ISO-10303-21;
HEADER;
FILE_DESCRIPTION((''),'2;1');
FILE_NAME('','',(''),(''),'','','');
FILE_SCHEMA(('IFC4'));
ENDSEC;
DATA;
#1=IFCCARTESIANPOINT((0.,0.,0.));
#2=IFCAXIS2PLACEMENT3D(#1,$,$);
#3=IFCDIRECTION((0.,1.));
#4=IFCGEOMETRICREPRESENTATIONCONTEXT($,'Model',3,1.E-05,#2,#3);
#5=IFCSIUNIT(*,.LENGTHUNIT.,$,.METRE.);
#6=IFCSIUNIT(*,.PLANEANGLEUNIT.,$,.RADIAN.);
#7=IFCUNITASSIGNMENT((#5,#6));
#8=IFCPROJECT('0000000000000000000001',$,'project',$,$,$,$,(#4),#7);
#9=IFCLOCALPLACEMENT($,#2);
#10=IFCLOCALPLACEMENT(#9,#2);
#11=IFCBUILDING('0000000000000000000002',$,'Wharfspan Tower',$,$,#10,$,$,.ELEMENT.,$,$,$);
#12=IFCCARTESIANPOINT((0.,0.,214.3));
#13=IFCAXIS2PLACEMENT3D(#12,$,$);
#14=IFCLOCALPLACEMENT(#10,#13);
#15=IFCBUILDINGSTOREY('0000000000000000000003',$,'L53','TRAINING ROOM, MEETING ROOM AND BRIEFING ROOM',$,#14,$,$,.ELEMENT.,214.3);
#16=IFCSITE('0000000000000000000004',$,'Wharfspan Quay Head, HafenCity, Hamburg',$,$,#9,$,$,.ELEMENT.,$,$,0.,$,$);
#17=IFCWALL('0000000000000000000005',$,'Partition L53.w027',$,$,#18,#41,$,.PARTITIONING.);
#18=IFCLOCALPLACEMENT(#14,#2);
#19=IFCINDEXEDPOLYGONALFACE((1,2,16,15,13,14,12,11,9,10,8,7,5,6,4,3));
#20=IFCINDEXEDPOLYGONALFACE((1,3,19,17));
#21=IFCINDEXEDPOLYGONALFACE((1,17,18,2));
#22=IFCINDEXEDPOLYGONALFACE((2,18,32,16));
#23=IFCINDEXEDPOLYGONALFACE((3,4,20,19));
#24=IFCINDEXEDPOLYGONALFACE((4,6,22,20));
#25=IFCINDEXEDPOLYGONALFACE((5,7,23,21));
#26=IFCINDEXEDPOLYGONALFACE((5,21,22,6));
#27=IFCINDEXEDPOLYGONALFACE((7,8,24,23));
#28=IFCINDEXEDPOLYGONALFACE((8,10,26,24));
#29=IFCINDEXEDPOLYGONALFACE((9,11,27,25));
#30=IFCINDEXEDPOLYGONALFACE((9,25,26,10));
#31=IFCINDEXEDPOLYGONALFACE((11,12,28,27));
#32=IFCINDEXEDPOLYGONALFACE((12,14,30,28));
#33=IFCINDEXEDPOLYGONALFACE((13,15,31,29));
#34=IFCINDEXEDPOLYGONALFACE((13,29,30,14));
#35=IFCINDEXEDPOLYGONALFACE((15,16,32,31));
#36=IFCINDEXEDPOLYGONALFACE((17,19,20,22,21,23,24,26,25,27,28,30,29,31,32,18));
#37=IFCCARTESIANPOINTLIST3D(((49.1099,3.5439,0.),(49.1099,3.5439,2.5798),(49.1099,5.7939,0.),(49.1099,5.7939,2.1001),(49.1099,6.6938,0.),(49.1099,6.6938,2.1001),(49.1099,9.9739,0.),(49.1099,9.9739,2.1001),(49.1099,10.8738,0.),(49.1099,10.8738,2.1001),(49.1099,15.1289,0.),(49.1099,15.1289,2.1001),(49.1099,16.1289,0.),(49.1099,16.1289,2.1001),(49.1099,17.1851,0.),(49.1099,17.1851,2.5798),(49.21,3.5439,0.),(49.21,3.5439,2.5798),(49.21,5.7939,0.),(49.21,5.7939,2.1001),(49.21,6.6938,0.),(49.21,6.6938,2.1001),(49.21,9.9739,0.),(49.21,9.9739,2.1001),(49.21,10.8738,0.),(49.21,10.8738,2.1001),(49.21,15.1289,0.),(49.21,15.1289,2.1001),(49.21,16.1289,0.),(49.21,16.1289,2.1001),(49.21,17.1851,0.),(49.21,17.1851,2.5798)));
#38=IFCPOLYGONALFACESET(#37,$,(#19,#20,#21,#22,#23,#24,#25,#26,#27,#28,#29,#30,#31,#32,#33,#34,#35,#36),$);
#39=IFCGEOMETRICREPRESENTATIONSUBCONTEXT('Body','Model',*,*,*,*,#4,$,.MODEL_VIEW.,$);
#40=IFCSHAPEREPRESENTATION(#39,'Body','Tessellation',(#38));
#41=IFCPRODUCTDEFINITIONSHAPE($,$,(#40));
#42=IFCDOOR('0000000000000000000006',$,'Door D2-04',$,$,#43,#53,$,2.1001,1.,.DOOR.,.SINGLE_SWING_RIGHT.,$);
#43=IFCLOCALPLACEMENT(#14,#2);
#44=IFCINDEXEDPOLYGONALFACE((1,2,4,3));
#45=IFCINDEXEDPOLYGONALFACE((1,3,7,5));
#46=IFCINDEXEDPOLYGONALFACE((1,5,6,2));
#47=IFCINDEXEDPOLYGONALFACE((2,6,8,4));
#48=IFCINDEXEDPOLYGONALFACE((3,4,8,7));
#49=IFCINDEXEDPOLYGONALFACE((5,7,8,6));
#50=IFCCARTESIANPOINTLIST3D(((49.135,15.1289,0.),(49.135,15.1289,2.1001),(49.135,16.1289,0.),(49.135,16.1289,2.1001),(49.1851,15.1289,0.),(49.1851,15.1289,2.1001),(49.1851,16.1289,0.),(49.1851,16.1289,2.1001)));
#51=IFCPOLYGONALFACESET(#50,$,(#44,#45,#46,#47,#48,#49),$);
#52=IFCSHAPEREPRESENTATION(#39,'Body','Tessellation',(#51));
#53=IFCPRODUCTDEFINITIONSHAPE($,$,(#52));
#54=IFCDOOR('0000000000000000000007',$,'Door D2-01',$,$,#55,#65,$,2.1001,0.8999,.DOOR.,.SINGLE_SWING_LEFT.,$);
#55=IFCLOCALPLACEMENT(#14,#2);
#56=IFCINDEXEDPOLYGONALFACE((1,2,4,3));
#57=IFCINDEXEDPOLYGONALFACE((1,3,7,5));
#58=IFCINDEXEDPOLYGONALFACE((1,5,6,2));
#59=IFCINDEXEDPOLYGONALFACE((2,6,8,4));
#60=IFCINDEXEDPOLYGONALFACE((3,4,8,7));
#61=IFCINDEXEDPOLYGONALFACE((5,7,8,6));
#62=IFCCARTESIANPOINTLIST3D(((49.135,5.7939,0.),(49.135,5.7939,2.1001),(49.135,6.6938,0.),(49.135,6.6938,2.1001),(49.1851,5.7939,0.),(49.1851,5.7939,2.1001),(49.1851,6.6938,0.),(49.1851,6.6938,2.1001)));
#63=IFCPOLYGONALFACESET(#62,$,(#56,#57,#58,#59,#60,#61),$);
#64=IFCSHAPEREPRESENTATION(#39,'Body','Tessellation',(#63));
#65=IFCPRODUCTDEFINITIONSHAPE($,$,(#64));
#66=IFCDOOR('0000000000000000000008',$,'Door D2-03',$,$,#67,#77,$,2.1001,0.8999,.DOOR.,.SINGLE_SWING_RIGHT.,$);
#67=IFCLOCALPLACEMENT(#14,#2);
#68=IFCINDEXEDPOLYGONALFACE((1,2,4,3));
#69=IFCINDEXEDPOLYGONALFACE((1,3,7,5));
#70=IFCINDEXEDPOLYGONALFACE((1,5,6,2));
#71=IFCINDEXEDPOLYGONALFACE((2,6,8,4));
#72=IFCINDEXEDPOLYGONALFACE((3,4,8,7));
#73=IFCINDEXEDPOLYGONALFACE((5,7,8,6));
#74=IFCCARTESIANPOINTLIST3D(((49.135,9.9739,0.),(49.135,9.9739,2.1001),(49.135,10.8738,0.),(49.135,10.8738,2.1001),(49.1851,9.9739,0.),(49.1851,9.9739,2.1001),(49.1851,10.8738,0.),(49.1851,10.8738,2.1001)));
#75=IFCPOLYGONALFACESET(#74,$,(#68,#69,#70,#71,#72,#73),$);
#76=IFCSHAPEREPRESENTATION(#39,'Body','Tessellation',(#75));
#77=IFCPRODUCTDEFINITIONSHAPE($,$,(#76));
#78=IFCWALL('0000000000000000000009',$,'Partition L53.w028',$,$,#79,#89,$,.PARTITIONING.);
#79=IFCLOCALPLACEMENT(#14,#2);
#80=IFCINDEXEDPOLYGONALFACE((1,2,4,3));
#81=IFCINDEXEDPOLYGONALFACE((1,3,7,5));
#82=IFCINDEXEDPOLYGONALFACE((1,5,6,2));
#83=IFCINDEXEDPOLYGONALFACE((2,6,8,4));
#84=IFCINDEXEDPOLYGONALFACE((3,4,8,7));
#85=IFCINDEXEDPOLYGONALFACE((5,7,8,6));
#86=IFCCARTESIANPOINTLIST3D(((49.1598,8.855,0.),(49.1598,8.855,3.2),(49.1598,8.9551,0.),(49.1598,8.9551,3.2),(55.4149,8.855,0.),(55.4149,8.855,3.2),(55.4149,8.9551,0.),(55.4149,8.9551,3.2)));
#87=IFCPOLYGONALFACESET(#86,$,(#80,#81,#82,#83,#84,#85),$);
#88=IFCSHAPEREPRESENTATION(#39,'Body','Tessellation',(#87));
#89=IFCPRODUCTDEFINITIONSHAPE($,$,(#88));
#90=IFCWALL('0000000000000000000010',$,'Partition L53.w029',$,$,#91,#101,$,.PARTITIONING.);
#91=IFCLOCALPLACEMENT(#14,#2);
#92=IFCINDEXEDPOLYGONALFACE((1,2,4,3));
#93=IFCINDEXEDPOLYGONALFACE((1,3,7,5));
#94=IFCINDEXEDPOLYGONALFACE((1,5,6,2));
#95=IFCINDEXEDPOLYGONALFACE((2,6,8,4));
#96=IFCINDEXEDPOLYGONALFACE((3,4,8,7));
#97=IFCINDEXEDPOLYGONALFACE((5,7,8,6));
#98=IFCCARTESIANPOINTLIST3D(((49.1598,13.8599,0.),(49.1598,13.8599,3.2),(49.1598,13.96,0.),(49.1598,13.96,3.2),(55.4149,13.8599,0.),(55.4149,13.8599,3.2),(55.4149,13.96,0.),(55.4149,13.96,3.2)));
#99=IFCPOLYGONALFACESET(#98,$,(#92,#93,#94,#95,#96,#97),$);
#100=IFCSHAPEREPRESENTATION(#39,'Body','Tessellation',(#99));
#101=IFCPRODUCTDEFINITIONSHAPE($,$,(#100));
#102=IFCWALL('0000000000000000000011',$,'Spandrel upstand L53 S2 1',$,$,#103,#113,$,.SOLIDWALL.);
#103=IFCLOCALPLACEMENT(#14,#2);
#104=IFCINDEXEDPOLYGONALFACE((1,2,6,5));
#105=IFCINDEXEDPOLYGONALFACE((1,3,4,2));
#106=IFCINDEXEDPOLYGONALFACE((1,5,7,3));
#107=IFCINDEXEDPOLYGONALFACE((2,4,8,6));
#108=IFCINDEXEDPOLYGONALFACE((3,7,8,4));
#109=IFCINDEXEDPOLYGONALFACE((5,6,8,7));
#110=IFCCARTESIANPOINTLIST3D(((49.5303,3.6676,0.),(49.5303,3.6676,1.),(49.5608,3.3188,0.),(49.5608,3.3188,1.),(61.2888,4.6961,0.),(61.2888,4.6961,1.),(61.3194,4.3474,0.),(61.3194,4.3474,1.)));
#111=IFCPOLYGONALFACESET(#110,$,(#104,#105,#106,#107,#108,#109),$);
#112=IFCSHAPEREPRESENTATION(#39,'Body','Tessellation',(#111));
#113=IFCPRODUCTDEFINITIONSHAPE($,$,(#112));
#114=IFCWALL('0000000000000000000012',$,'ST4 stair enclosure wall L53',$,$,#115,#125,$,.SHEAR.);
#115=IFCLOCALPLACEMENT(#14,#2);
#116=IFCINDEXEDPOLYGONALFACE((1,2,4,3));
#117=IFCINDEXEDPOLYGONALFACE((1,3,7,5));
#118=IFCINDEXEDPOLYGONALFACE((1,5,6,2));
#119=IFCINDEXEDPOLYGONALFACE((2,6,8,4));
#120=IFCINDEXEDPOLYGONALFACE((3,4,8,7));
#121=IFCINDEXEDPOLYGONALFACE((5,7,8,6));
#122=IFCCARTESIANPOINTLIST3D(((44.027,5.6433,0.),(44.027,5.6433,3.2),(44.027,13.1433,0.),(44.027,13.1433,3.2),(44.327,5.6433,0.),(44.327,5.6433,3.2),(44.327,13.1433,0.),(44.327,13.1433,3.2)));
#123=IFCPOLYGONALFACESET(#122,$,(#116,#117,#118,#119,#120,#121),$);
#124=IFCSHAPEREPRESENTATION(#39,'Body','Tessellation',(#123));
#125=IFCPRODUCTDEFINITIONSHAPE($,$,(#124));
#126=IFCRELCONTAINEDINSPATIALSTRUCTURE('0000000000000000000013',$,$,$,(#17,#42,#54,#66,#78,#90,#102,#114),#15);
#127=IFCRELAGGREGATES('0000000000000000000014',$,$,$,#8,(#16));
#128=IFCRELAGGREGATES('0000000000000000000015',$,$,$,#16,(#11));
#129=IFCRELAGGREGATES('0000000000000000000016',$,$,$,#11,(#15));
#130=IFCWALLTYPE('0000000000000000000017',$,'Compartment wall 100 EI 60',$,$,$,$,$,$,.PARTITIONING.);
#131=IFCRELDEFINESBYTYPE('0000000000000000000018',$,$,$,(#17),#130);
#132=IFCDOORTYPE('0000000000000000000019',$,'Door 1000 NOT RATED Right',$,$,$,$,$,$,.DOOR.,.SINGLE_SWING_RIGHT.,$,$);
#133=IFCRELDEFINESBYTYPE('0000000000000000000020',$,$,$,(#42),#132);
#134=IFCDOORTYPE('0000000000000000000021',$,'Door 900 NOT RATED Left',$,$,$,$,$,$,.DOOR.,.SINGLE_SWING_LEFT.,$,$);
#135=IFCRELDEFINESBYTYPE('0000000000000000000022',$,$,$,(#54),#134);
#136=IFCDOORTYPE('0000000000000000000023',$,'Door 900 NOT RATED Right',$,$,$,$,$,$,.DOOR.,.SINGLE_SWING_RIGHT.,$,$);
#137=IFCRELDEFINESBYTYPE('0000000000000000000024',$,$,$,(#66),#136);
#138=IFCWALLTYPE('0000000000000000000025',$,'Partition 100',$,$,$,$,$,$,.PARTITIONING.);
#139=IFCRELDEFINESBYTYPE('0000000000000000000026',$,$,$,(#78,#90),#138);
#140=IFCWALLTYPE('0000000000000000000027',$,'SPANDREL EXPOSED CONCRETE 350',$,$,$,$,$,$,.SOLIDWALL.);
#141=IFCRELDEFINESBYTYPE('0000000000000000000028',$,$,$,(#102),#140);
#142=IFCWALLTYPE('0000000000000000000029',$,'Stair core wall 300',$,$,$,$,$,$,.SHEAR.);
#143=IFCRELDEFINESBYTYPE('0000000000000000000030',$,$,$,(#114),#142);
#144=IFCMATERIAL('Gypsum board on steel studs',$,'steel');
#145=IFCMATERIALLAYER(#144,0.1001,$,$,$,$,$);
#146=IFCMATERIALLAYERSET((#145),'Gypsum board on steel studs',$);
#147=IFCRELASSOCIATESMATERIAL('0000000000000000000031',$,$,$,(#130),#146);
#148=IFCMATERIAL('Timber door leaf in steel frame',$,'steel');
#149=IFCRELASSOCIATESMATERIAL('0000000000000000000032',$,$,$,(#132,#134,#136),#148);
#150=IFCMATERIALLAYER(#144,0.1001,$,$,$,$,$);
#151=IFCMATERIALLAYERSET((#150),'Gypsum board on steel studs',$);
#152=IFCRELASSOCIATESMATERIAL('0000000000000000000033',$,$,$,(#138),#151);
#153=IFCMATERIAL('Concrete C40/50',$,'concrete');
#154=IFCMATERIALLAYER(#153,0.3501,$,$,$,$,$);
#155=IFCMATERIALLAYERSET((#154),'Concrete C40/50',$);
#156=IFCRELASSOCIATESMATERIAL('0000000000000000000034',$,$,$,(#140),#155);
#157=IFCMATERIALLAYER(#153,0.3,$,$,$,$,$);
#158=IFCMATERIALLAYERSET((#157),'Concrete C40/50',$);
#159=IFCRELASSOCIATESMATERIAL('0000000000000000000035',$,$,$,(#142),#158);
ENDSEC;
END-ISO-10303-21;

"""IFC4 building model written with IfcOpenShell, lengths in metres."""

from ifc_helpers import new_model, si_unit, direction, frame, frame_2d, origin, place, context, subcontext, project, spatial, rectangle, extrude, material, layer, layer_set, type_object, element, fill, save


model = new_model("IFC4")

# Units and contexts
model_context = context("Model", 3, precision=1e-05, world=origin(), true_north=direction((0.0, 1.0)))
body_context = subcontext(model_context, "Body", "Model", "MODEL_VIEW")
ifc_project = project(units=[si_unit("LENGTHUNIT", "METRE"), si_unit("PLANEANGLEUNIT", "RADIAN")], contexts=[model_context])

# Site, building, storey
site_placement = place(None, origin())
site = spatial("IfcSite", under=ifc_project, at=site_placement, Name="Wharfspan Quay Head, HafenCity, Hamburg", CompositionType="ELEMENT", RefElevation=0.0)
building_placement = place(site_placement, origin())
building = spatial("IfcBuilding", under=site, at=building_placement, Name="Wharfspan Tower", CompositionType="ELEMENT")
storey_placement = place(building_placement, frame((0.0, 0.0, 214.3)))
storey = spatial("IfcBuildingStorey", under=building, at=storey_placement, Name="L53", Description="TRAINING ROOM, MEETING ROOM AND BRIEFING ROOM", CompositionType="ELEMENT", Elevation=214.3)

# Shared definitions
ifc_material_1 = material(Name="Gypsum board on steel studs", Category="steel")
ifc_layer_1 = layer(ifc_material_1, 0.1001)
ifc_layer_set_1 = layer_set([ifc_layer_1], Name="Gypsum board on steel studs")
wall_type_1 = type_object("IfcWallType", Name="Compartment wall 100 EI 60", PredefinedType="PARTITIONING", material=ifc_layer_set_1)

# Wall, openings, doors
wall_1_placement = place(storey_placement, frame((49.1599, 3.5439, 0.0), z_axis=(0.0, 0.0, 1.0), x_axis=(0.0, 1.0, 0.0)))
wall_1 = element("IfcWall", 1, at=wall_1_placement, inside=storey, type_object=wall_type_1, Name="Partition L53.w027", PredefinedType="PARTITIONING", context=body_context, shape_type="SweptSolid", body=[
    extrude(rectangle(XDim=13.6411, YDim=0.1001, at=frame_2d((6.8206, 0.0))), origin(), (0.0, 0.0, 1.0), 2.5798),
])
opening_1_placement = place(wall_1_placement, frame((2.25, 0.0, 0.0)))
opening_1 = element("IfcOpeningElement", 2, at=opening_1_placement, cuts=wall_1, PredefinedType="OPENING", context=body_context, shape_type="SweptSolid", body=[
    extrude(rectangle(XDim=0.8999, YDim=2.1001, at=frame_2d((0.45, 1.05))), frame((0.0, 0.0601, 0.0), z_axis=(0.0, -1.0, 0.0), x_axis=(1.0, 0.0, 0.0)), (0.0, 0.0, 1.0), 0.1201),
])
opening_2_placement = place(wall_1_placement, frame((6.4299, 0.0, 0.0)))
opening_2 = element("IfcOpeningElement", 3, at=opening_2_placement, cuts=wall_1, PredefinedType="OPENING", context=body_context, shape_type="SweptSolid", body=[
    extrude(rectangle(XDim=0.8999, YDim=2.1001, at=frame_2d((0.45, 1.05))), frame((0.0, 0.0601, 0.0), z_axis=(0.0, -1.0, 0.0), x_axis=(1.0, 0.0, 0.0)), (0.0, 0.0, 1.0), 0.1201),
])
opening_3_placement = place(wall_1_placement, frame((11.585, 0.0, 0.0)))
opening_3 = element("IfcOpeningElement", 4, at=opening_3_placement, cuts=wall_1, PredefinedType="OPENING", context=body_context, shape_type="SweptSolid", body=[
    extrude(rectangle(XDim=1.0, YDim=2.1001, at=frame_2d((0.5, 1.05))), frame((0.0, 0.0601, 0.0), z_axis=(0.0, -1.0, 0.0), x_axis=(1.0, 0.0, 0.0)), (0.0, 0.0, 1.0), 0.1201),
])
ifc_material_2 = material(Name="Timber door leaf in steel frame", Category="steel")
door_type_1 = type_object("IfcDoorType", Name="Door 1000 NOT RATED Right", OperationType="SINGLE_SWING_RIGHT", PredefinedType="DOOR", material=ifc_material_2)
door_1_placement = place(opening_3_placement, origin())
door_1 = element("IfcDoor", 5, at=door_1_placement, inside=storey, type_object=door_type_1, Name="Door D2-04", OperationType="SINGLE_SWING_RIGHT", OverallHeight=2.1001, OverallWidth=1.0, PredefinedType="DOOR", context=body_context, shape_type="SweptSolid", body=[
    extrude(rectangle(XDim=1.0, YDim=2.1001, at=frame_2d((0.5, 1.05))), frame((0.0, 0.0249, 0.0), z_axis=(0.0, -1.0, 0.0), x_axis=(1.0, 0.0, 0.0)), (0.0, 0.0, 1.0), 0.05),
])
fill(opening_3, door_1)
door_type_2 = type_object("IfcDoorType", Name="Door 900 NOT RATED Left", OperationType="SINGLE_SWING_LEFT", PredefinedType="DOOR", material=ifc_material_2)
door_2_placement = place(opening_1_placement, origin())
door_2 = element("IfcDoor", 6, at=door_2_placement, inside=storey, type_object=door_type_2, Name="Door D2-01", OperationType="SINGLE_SWING_LEFT", OverallHeight=2.1001, OverallWidth=0.8999, PredefinedType="DOOR", context=body_context, shape_type="SweptSolid", body=[
    extrude(rectangle(XDim=0.8999, YDim=2.1001, at=frame_2d((0.45, 1.05))), frame((0.0, 0.0249, 0.0), z_axis=(0.0, -1.0, 0.0), x_axis=(1.0, 0.0, 0.0)), (0.0, 0.0, 1.0), 0.05),
])
fill(opening_1, door_2)
door_type_3 = type_object("IfcDoorType", Name="Door 900 NOT RATED Right", OperationType="SINGLE_SWING_RIGHT", PredefinedType="DOOR", material=ifc_material_2)
door_3_placement = place(opening_2_placement, origin())
door_3 = element("IfcDoor", 7, at=door_3_placement, inside=storey, type_object=door_type_3, Name="Door D2-03", OperationType="SINGLE_SWING_RIGHT", OverallHeight=2.1001, OverallWidth=0.8999, PredefinedType="DOOR", context=body_context, shape_type="SweptSolid", body=[
    extrude(rectangle(XDim=0.8999, YDim=2.1001, at=frame_2d((0.45, 1.05))), frame((0.0, 0.0249, 0.0), z_axis=(0.0, -1.0, 0.0), x_axis=(1.0, 0.0, 0.0)), (0.0, 0.0, 1.0), 0.05),
])
fill(opening_2, door_3)

# Walls
ifc_layer_2 = layer(ifc_material_1, 0.1001)
ifc_layer_set_2 = layer_set([ifc_layer_2], Name="Gypsum board on steel studs")
wall_type_2 = type_object("IfcWallType", Name="Partition 100", PredefinedType="PARTITIONING", material=ifc_layer_set_2)
for number, where, z_axis, x_axis, name in (
    (8, (49.1599, 8.905, 0.0), (0.0, 0.0, 1.0), (1.0, 0.0, 0.0), "Partition L53.w028"),
    (9, (49.1599, 13.9099, 0.0), (0.0, 0.0, 1.0), (1.0, 0.0, 0.0), "Partition L53.w029"),
):
    element("IfcWall", number, at=place(storey_placement, frame(where, z_axis=z_axis, x_axis=x_axis)), inside=storey, type_object=wall_type_2, Name=name, PredefinedType="PARTITIONING", context=body_context, shape_type="SweptSolid", body=[
        extrude(rectangle(XDim=6.2551, YDim=0.1001, at=frame_2d((3.1274, 0.0))), origin(), (0.0, 0.0, 1.0), 3.2),
    ])
ifc_material_3 = material(Name="Concrete C40/50", Category="concrete")
ifc_layer_3 = layer(ifc_material_3, 0.3501)
ifc_layer_set_3 = layer_set([ifc_layer_3], Name="Concrete C40/50")
wall_type_3 = type_object("IfcWallType", Name="SPANDREL EXPOSED CONCRETE 350", PredefinedType="SOLIDWALL", material=ifc_layer_set_3)
wall_2_placement = place(storey_placement, frame((49.5454, 3.4932, 0.0), z_axis=(0.0, 0.0, 1.0), x_axis=(0.996196, 0.087141, 0.0)))
element("IfcWall", 10, at=wall_2_placement, inside=storey, type_object=wall_type_3, Name="Spandrel upstand L53 S2 1", PredefinedType="SOLIDWALL", context=body_context, shape_type="SweptSolid", body=[
    extrude(rectangle(XDim=11.8035, YDim=0.3501, at=frame_2d((5.9019, 0.0))), origin(), (0.0, 0.0, 1.0), 1.0),
])
ifc_layer_4 = layer(ifc_material_3, 0.3)
ifc_layer_set_4 = layer_set([ifc_layer_4], Name="Concrete C40/50")
wall_type_4 = type_object("IfcWallType", Name="Stair core wall 300", PredefinedType="SHEAR", material=ifc_layer_set_4)
wall_3_placement = place(storey_placement, frame((44.177, 5.6433, 0.0), z_axis=(0.0, 0.0, 1.0), x_axis=(0.0, 1.0, 0.0)))
element("IfcWall", 11, at=wall_3_placement, inside=storey, type_object=wall_type_4, Name="ST4 stair enclosure wall L53", PredefinedType="SHEAR", context=body_context, shape_type="SweptSolid", body=[
    extrude(rectangle(XDim=7.5, YDim=0.3, at=frame_2d((3.75, 0.0))), origin(), (0.0, 0.0, 1.0), 3.2),
])

save(model, "model.ifc")
